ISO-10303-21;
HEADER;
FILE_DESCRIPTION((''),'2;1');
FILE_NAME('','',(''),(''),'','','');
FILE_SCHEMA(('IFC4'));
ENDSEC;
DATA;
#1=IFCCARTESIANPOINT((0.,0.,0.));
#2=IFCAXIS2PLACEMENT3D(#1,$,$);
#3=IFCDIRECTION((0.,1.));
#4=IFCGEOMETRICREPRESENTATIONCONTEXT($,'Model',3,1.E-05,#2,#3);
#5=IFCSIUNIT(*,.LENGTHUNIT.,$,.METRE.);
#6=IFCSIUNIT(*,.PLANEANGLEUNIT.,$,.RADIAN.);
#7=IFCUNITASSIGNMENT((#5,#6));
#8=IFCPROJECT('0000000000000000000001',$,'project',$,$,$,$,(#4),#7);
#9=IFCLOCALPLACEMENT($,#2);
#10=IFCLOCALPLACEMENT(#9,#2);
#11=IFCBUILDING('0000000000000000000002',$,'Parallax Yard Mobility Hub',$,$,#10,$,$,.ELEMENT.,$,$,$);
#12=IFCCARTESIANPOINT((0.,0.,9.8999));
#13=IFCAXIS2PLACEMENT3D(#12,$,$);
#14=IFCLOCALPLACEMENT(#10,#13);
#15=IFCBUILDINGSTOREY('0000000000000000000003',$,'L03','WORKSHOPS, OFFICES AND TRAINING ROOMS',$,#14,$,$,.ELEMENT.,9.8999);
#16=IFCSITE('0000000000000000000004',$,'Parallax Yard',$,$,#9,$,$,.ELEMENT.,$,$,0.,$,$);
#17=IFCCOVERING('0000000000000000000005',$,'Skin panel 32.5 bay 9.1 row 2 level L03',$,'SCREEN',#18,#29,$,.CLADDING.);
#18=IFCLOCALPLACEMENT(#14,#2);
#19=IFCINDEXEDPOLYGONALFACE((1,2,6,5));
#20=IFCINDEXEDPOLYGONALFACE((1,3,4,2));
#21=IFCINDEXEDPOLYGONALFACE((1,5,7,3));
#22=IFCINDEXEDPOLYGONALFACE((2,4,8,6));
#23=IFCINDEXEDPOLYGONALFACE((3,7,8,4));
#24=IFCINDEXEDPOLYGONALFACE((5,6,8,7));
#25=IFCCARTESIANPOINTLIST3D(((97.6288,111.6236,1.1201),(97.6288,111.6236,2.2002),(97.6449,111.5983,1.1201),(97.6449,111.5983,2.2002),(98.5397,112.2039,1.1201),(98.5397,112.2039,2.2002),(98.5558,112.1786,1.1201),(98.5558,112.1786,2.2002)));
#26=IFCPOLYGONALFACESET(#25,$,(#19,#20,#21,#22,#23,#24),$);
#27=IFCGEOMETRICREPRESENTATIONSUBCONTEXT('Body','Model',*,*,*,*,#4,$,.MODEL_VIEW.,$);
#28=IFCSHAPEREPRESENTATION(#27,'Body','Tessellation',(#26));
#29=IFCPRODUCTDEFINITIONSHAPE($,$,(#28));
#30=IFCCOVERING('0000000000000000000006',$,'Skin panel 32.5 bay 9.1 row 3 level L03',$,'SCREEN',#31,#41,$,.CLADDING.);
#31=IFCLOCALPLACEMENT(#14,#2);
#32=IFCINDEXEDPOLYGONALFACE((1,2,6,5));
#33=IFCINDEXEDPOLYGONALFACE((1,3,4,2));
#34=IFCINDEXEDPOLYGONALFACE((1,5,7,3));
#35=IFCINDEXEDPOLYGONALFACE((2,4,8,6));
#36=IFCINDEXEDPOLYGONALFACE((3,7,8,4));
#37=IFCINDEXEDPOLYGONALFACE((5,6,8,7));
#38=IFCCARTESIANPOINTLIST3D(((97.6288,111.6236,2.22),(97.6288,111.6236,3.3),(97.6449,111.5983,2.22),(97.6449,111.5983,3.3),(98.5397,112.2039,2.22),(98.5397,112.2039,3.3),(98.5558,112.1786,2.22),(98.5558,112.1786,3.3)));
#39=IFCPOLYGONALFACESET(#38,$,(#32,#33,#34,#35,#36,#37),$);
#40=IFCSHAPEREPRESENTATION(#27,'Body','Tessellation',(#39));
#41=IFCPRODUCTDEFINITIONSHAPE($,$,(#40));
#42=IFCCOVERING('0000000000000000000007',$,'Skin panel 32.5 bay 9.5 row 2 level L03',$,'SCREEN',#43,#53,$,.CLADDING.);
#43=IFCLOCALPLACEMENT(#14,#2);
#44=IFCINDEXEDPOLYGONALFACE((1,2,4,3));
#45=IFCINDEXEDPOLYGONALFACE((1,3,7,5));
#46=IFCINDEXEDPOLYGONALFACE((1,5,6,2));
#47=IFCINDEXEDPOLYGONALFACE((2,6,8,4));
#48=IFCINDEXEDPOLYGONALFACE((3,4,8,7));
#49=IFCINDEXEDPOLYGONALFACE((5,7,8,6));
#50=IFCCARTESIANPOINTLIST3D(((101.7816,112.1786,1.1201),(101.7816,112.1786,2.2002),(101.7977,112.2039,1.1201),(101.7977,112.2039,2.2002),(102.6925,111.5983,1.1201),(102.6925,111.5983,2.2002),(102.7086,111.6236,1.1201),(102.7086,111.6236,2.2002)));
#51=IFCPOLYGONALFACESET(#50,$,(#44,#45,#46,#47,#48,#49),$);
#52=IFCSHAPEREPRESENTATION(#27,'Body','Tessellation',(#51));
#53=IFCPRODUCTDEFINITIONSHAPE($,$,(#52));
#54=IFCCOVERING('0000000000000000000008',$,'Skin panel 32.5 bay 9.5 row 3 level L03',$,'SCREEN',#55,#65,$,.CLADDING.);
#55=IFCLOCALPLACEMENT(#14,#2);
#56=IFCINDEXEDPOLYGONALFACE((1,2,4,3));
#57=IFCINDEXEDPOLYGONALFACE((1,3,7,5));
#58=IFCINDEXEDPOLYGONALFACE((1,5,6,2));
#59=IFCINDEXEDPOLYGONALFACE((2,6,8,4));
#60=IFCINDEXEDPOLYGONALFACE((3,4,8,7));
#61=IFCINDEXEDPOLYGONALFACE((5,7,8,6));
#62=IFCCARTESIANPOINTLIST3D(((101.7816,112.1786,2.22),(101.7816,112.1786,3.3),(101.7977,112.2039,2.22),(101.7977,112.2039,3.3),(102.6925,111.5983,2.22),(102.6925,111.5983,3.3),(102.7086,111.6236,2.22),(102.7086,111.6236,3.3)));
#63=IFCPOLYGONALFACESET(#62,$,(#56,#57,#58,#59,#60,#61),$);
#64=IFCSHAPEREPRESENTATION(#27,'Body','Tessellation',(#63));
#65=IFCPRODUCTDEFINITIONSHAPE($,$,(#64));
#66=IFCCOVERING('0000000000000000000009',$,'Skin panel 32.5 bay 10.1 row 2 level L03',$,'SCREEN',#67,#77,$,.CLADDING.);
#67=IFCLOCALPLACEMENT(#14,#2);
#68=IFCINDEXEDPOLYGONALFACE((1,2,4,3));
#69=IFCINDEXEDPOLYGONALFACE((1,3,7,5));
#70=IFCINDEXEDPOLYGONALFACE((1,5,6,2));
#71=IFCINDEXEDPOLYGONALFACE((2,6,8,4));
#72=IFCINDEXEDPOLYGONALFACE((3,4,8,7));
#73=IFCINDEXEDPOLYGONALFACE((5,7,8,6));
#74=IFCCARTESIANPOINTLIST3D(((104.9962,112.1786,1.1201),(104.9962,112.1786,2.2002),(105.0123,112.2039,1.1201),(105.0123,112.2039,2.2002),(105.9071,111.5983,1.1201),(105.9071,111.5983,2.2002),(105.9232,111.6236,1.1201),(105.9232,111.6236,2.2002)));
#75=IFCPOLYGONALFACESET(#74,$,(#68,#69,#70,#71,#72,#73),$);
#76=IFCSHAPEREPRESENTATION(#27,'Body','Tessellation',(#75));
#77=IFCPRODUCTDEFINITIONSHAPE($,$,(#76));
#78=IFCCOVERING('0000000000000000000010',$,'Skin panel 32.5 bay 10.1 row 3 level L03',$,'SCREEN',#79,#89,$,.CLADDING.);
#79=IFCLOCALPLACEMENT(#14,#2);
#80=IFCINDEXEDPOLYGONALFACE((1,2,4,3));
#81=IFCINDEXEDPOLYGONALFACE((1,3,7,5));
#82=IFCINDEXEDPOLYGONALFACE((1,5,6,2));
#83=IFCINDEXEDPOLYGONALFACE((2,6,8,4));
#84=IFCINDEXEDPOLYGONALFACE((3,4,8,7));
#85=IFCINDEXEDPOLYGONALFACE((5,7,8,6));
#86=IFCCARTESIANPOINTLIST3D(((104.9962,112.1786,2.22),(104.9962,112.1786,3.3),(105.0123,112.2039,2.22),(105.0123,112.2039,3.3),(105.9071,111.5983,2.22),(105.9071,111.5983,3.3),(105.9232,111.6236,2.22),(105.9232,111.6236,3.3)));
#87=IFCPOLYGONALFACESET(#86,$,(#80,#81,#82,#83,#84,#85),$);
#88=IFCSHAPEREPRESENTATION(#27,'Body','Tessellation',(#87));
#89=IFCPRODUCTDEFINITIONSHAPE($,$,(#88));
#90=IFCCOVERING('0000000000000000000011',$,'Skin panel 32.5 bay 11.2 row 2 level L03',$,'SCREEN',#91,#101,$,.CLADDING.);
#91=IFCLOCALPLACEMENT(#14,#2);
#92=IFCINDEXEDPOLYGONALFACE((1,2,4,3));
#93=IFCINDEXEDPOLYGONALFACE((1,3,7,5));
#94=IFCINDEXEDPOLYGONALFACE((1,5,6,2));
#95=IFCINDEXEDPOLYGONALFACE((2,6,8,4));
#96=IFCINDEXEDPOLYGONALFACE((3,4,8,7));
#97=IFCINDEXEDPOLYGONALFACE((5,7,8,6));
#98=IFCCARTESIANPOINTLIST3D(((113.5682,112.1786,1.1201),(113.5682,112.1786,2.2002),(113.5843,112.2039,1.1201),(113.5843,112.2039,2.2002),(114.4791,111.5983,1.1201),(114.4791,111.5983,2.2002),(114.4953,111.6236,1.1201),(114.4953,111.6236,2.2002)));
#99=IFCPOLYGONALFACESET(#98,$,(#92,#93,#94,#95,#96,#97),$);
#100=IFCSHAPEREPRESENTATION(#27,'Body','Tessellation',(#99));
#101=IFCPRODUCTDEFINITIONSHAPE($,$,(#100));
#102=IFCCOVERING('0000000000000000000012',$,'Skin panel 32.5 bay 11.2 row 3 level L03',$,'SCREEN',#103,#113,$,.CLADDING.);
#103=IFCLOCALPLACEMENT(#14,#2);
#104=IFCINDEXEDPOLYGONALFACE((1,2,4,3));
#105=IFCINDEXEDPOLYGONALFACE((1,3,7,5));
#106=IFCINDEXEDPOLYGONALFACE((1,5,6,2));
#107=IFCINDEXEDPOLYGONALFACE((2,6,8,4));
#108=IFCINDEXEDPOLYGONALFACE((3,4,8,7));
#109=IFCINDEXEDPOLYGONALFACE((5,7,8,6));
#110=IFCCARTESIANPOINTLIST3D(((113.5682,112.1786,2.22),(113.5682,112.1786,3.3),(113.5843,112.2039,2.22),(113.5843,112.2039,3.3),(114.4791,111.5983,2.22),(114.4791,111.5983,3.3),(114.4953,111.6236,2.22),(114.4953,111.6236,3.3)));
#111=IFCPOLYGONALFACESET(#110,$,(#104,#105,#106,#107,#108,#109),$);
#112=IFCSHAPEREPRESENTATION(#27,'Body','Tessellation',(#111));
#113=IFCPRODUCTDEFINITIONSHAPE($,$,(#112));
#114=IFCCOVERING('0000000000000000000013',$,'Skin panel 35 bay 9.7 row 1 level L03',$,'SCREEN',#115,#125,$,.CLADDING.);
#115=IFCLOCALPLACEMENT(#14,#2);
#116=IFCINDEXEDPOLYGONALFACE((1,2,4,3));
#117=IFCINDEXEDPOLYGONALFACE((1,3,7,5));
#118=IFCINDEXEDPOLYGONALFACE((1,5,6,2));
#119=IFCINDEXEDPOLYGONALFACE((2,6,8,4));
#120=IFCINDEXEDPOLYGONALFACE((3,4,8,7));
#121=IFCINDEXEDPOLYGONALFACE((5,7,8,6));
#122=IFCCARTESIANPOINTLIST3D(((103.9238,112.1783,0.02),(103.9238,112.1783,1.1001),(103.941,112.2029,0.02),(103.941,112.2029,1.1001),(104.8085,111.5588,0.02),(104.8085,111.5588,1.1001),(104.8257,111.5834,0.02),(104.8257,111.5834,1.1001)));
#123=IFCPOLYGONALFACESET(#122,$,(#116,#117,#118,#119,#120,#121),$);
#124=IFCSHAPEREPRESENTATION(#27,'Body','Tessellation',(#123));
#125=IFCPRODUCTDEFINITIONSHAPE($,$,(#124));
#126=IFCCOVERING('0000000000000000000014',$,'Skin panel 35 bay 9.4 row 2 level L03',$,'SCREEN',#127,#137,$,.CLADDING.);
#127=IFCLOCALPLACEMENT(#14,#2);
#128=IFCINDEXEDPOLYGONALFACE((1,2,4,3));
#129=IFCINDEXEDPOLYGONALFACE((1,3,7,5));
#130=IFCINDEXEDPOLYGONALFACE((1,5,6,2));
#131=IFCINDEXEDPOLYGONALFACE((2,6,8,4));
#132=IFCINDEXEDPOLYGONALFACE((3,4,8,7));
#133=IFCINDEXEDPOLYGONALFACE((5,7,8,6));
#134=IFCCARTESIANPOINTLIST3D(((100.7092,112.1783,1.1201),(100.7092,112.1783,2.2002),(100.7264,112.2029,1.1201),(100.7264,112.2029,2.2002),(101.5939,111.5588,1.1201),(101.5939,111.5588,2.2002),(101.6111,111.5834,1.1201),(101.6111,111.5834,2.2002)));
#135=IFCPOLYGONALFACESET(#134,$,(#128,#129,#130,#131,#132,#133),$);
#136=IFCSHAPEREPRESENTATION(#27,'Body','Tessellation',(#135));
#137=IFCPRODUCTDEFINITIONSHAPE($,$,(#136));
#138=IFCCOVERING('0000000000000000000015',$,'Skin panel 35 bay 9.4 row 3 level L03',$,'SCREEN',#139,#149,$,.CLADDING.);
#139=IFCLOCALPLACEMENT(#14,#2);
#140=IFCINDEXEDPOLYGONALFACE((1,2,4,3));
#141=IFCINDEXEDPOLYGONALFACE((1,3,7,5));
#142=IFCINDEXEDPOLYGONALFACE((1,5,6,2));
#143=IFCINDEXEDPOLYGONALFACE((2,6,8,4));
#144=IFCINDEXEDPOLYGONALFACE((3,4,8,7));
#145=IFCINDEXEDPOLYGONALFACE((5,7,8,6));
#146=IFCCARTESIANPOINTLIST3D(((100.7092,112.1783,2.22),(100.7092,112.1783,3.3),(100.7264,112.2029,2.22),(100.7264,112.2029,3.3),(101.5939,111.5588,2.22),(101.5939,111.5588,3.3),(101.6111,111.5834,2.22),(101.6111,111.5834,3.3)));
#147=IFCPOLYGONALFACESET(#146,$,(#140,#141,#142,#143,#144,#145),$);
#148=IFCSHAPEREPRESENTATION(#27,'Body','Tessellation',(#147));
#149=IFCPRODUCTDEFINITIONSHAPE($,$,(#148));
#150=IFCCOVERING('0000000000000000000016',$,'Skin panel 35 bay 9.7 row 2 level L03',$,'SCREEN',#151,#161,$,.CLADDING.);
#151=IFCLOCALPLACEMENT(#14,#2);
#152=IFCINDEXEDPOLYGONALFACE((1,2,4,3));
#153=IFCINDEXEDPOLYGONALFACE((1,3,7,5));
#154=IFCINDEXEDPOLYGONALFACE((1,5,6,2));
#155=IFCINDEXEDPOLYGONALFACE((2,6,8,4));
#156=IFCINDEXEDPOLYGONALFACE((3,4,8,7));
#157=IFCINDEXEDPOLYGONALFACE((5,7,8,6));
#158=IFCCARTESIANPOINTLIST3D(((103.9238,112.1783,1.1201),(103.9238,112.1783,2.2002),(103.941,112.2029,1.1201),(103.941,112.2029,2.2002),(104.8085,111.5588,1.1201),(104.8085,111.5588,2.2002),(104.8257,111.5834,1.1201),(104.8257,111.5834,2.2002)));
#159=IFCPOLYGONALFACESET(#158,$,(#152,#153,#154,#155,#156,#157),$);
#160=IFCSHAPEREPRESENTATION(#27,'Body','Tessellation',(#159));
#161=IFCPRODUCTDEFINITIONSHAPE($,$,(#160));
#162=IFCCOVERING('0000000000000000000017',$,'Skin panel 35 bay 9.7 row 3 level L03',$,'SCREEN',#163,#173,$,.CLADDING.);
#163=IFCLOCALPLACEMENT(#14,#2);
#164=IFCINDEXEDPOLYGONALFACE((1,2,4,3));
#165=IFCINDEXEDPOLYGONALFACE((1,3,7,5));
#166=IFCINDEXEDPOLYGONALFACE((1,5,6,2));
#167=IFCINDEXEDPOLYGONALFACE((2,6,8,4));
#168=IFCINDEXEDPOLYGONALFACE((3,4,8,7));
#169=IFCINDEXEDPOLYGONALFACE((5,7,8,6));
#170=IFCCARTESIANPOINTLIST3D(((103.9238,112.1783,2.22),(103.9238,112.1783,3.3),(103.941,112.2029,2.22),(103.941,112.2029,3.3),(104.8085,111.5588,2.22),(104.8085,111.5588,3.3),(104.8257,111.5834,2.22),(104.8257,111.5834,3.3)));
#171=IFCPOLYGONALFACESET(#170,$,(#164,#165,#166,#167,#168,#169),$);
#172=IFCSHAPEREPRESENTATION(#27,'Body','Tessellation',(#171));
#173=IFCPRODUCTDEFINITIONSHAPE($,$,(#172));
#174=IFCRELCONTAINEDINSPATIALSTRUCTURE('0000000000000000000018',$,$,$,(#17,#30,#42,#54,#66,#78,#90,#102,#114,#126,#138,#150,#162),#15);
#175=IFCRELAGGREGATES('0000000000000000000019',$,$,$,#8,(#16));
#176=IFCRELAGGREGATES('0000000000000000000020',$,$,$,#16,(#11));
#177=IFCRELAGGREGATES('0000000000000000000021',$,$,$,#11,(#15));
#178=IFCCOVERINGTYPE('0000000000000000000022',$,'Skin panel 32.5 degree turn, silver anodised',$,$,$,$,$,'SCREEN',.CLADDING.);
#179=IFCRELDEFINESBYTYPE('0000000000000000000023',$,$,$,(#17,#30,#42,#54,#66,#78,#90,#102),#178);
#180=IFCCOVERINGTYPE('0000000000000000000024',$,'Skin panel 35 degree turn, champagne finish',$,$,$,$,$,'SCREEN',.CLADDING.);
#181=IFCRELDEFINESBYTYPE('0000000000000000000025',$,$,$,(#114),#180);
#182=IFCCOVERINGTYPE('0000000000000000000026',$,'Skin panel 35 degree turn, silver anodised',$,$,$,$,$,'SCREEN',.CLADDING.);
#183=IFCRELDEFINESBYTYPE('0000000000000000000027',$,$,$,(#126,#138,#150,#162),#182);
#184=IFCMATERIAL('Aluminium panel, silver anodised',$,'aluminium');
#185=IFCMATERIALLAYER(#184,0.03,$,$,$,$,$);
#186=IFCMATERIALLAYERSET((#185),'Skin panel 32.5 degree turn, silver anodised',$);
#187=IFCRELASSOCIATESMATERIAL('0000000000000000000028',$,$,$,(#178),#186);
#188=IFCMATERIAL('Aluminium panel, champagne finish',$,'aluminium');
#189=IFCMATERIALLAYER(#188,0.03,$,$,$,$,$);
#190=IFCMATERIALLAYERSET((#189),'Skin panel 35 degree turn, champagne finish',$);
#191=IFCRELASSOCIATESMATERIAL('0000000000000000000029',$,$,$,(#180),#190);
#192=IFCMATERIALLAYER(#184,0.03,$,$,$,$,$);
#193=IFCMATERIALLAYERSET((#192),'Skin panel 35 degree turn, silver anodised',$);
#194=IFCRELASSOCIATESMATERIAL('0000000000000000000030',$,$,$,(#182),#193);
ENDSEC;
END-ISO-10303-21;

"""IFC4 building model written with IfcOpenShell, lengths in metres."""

from ifc_helpers import new_model, si_unit, direction, frame, origin, origin_2d, place, context, subcontext, project, spatial, rectangle, extrude, material, layer, layer_set, type_object, element, save


model = new_model("IFC4")

# Units and contexts
model_context = context("Model", 3, precision=1e-05, world=origin(), true_north=direction((0.0, 1.0)))
body_context = subcontext(model_context, "Body", "Model", "MODEL_VIEW")
ifc_project = project(units=[si_unit("LENGTHUNIT", "METRE"), si_unit("PLANEANGLEUNIT", "RADIAN")], contexts=[model_context])

# Site, building, storey
site_placement = place(None, origin())
site = spatial("IfcSite", under=ifc_project, at=site_placement, Name="Parallax Yard", CompositionType="ELEMENT", RefElevation=0.0)
building_placement = place(site_placement, origin())
building = spatial("IfcBuilding", under=site, at=building_placement, Name="Parallax Yard Mobility Hub", CompositionType="ELEMENT")
storey_placement = place(building_placement, frame((0.0, 0.0, 9.8999)))
storey = spatial("IfcBuildingStorey", under=building, at=storey_placement, Name="L03", Description="WORKSHOPS, OFFICES AND TRAINING ROOMS", CompositionType="ELEMENT", Elevation=9.8999)

# Coverings
ifc_material_1 = material(Name="Aluminium panel, champagne finish", Category="aluminium")
ifc_material_2 = material(Name="Aluminium panel, silver anodised", Category="aluminium")
ifc_layer_1 = layer(ifc_material_2, 0.03)
ifc_layer_set_1 = layer_set([ifc_layer_1], Name="Skin panel 32.5 degree turn, silver anodised")
covering_type_1 = type_object("IfcCoveringType", Name="Skin panel 32.5 degree turn, silver anodised", ElementType="SCREEN", PredefinedType="CLADDING", material=ifc_layer_set_1)
for number, where, z_axis, x_axis, name in (
    (1, (98.0923, 111.9011, 1.1201), (0.0, 0.0, 1.0), (-0.843391, -0.5373, 0.0), "Skin panel 32.5 bay 9.1 row 2 level L03"),
    (2, (98.0923, 111.9011, 2.22), (0.0, 0.0, 1.0), (-0.843391, -0.5373, 0.0), "Skin panel 32.5 bay 9.1 row 3 level L03"),
    (3, (102.2451, 111.9011, 1.1201), (0.0, 0.0, 1.0), (0.843391, -0.5373, 0.0), "Skin panel 32.5 bay 9.5 row 2 level L03"),
    (4, (102.2451, 111.9011, 2.22), (0.0, 0.0, 1.0), (0.843391, -0.5373, 0.0), "Skin panel 32.5 bay 9.5 row 3 level L03"),
    (5, (105.4597, 111.9011, 1.1201), (0.0, 0.0, 1.0), (0.843391, -0.5373, 0.0), "Skin panel 32.5 bay 10.1 row 2 level L03"),
    (6, (105.4597, 111.9011, 2.22), (0.0, 0.0, 1.0), (0.843391, -0.5373, 0.0), "Skin panel 32.5 bay 10.1 row 3 level L03"),
    (7, (114.0317, 111.9011, 1.1201), (0.0, 0.0, 1.0), (0.843391, -0.5373, 0.0), "Skin panel 32.5 bay 11.2 row 2 level L03"),
    (8, (114.0317, 111.9011, 2.22), (0.0, 0.0, 1.0), (0.843391, -0.5373, 0.0), "Skin panel 32.5 bay 11.2 row 3 level L03"),
):
    element("IfcCovering", number, at=place(storey_placement, frame(where, z_axis=z_axis, x_axis=x_axis)), inside=storey, type_object=covering_type_1, Name=name, ObjectType="SCREEN", PredefinedType="CLADDING", context=body_context, shape_type="SweptSolid", body=[
        extrude(rectangle(XDim=1.0801, YDim=0.03, at=origin_2d()), origin(), (0.0, 0.0, 1.0), 1.0801),
    ])
ifc_layer_2 = layer(ifc_material_1, 0.03)
ifc_layer_set_2 = layer_set([ifc_layer_2], Name="Skin panel 35 degree turn, champagne finish")
covering_type_2 = type_object("IfcCoveringType", Name="Skin panel 35 degree turn, champagne finish", ElementType="SCREEN", PredefinedType="CLADDING", material=ifc_layer_set_2)
covering_placement = place(storey_placement, frame((104.3748, 111.8809, 0.02), z_axis=(0.0, 0.0, 1.0), x_axis=(0.819152, -0.573576, 0.0)))
element("IfcCovering", 9, at=covering_placement, inside=storey, type_object=covering_type_2, Name="Skin panel 35 bay 9.7 row 1 level L03", ObjectType="SCREEN", PredefinedType="CLADDING", context=body_context, shape_type="SweptSolid", body=[
    extrude(rectangle(XDim=1.0801, YDim=0.03, at=origin_2d()), origin(), (0.0, 0.0, 1.0), 1.0801),
])
ifc_layer_3 = layer(ifc_material_2, 0.03)
ifc_layer_set_3 = layer_set([ifc_layer_3], Name="Skin panel 35 degree turn, silver anodised")
covering_type_3 = type_object("IfcCoveringType", Name="Skin panel 35 degree turn, silver anodised", ElementType="SCREEN", PredefinedType="CLADDING", material=ifc_layer_set_3)
for number, where, z_axis, x_axis, name in (
    (10, (101.1602, 111.8809, 1.1201), (0.0, 0.0, 1.0), (0.819152, -0.573576, 0.0), "Skin panel 35 bay 9.4 row 2 level L03"),
    (11, (101.1602, 111.8809, 2.22), (0.0, 0.0, 1.0), (0.819152, -0.573576, 0.0), "Skin panel 35 bay 9.4 row 3 level L03"),
    (12, (104.3748, 111.8809, 1.1201), (0.0, 0.0, 1.0), (0.819152, -0.573576, 0.0), "Skin panel 35 bay 9.7 row 2 level L03"),
    (13, (104.3748, 111.8809, 2.22), (0.0, 0.0, 1.0), (0.819152, -0.573576, 0.0), "Skin panel 35 bay 9.7 row 3 level L03"),
):
    element("IfcCovering", number, at=place(storey_placement, frame(where, z_axis=z_axis, x_axis=x_axis)), inside=storey, type_object=covering_type_3, Name=name, ObjectType="SCREEN", PredefinedType="CLADDING", context=body_context, shape_type="SweptSolid", body=[
        extrude(rectangle(XDim=1.0801, YDim=0.03, at=origin_2d()), origin(), (0.0, 0.0, 1.0), 1.0801),
    ])

save(model, "model.ifc")
